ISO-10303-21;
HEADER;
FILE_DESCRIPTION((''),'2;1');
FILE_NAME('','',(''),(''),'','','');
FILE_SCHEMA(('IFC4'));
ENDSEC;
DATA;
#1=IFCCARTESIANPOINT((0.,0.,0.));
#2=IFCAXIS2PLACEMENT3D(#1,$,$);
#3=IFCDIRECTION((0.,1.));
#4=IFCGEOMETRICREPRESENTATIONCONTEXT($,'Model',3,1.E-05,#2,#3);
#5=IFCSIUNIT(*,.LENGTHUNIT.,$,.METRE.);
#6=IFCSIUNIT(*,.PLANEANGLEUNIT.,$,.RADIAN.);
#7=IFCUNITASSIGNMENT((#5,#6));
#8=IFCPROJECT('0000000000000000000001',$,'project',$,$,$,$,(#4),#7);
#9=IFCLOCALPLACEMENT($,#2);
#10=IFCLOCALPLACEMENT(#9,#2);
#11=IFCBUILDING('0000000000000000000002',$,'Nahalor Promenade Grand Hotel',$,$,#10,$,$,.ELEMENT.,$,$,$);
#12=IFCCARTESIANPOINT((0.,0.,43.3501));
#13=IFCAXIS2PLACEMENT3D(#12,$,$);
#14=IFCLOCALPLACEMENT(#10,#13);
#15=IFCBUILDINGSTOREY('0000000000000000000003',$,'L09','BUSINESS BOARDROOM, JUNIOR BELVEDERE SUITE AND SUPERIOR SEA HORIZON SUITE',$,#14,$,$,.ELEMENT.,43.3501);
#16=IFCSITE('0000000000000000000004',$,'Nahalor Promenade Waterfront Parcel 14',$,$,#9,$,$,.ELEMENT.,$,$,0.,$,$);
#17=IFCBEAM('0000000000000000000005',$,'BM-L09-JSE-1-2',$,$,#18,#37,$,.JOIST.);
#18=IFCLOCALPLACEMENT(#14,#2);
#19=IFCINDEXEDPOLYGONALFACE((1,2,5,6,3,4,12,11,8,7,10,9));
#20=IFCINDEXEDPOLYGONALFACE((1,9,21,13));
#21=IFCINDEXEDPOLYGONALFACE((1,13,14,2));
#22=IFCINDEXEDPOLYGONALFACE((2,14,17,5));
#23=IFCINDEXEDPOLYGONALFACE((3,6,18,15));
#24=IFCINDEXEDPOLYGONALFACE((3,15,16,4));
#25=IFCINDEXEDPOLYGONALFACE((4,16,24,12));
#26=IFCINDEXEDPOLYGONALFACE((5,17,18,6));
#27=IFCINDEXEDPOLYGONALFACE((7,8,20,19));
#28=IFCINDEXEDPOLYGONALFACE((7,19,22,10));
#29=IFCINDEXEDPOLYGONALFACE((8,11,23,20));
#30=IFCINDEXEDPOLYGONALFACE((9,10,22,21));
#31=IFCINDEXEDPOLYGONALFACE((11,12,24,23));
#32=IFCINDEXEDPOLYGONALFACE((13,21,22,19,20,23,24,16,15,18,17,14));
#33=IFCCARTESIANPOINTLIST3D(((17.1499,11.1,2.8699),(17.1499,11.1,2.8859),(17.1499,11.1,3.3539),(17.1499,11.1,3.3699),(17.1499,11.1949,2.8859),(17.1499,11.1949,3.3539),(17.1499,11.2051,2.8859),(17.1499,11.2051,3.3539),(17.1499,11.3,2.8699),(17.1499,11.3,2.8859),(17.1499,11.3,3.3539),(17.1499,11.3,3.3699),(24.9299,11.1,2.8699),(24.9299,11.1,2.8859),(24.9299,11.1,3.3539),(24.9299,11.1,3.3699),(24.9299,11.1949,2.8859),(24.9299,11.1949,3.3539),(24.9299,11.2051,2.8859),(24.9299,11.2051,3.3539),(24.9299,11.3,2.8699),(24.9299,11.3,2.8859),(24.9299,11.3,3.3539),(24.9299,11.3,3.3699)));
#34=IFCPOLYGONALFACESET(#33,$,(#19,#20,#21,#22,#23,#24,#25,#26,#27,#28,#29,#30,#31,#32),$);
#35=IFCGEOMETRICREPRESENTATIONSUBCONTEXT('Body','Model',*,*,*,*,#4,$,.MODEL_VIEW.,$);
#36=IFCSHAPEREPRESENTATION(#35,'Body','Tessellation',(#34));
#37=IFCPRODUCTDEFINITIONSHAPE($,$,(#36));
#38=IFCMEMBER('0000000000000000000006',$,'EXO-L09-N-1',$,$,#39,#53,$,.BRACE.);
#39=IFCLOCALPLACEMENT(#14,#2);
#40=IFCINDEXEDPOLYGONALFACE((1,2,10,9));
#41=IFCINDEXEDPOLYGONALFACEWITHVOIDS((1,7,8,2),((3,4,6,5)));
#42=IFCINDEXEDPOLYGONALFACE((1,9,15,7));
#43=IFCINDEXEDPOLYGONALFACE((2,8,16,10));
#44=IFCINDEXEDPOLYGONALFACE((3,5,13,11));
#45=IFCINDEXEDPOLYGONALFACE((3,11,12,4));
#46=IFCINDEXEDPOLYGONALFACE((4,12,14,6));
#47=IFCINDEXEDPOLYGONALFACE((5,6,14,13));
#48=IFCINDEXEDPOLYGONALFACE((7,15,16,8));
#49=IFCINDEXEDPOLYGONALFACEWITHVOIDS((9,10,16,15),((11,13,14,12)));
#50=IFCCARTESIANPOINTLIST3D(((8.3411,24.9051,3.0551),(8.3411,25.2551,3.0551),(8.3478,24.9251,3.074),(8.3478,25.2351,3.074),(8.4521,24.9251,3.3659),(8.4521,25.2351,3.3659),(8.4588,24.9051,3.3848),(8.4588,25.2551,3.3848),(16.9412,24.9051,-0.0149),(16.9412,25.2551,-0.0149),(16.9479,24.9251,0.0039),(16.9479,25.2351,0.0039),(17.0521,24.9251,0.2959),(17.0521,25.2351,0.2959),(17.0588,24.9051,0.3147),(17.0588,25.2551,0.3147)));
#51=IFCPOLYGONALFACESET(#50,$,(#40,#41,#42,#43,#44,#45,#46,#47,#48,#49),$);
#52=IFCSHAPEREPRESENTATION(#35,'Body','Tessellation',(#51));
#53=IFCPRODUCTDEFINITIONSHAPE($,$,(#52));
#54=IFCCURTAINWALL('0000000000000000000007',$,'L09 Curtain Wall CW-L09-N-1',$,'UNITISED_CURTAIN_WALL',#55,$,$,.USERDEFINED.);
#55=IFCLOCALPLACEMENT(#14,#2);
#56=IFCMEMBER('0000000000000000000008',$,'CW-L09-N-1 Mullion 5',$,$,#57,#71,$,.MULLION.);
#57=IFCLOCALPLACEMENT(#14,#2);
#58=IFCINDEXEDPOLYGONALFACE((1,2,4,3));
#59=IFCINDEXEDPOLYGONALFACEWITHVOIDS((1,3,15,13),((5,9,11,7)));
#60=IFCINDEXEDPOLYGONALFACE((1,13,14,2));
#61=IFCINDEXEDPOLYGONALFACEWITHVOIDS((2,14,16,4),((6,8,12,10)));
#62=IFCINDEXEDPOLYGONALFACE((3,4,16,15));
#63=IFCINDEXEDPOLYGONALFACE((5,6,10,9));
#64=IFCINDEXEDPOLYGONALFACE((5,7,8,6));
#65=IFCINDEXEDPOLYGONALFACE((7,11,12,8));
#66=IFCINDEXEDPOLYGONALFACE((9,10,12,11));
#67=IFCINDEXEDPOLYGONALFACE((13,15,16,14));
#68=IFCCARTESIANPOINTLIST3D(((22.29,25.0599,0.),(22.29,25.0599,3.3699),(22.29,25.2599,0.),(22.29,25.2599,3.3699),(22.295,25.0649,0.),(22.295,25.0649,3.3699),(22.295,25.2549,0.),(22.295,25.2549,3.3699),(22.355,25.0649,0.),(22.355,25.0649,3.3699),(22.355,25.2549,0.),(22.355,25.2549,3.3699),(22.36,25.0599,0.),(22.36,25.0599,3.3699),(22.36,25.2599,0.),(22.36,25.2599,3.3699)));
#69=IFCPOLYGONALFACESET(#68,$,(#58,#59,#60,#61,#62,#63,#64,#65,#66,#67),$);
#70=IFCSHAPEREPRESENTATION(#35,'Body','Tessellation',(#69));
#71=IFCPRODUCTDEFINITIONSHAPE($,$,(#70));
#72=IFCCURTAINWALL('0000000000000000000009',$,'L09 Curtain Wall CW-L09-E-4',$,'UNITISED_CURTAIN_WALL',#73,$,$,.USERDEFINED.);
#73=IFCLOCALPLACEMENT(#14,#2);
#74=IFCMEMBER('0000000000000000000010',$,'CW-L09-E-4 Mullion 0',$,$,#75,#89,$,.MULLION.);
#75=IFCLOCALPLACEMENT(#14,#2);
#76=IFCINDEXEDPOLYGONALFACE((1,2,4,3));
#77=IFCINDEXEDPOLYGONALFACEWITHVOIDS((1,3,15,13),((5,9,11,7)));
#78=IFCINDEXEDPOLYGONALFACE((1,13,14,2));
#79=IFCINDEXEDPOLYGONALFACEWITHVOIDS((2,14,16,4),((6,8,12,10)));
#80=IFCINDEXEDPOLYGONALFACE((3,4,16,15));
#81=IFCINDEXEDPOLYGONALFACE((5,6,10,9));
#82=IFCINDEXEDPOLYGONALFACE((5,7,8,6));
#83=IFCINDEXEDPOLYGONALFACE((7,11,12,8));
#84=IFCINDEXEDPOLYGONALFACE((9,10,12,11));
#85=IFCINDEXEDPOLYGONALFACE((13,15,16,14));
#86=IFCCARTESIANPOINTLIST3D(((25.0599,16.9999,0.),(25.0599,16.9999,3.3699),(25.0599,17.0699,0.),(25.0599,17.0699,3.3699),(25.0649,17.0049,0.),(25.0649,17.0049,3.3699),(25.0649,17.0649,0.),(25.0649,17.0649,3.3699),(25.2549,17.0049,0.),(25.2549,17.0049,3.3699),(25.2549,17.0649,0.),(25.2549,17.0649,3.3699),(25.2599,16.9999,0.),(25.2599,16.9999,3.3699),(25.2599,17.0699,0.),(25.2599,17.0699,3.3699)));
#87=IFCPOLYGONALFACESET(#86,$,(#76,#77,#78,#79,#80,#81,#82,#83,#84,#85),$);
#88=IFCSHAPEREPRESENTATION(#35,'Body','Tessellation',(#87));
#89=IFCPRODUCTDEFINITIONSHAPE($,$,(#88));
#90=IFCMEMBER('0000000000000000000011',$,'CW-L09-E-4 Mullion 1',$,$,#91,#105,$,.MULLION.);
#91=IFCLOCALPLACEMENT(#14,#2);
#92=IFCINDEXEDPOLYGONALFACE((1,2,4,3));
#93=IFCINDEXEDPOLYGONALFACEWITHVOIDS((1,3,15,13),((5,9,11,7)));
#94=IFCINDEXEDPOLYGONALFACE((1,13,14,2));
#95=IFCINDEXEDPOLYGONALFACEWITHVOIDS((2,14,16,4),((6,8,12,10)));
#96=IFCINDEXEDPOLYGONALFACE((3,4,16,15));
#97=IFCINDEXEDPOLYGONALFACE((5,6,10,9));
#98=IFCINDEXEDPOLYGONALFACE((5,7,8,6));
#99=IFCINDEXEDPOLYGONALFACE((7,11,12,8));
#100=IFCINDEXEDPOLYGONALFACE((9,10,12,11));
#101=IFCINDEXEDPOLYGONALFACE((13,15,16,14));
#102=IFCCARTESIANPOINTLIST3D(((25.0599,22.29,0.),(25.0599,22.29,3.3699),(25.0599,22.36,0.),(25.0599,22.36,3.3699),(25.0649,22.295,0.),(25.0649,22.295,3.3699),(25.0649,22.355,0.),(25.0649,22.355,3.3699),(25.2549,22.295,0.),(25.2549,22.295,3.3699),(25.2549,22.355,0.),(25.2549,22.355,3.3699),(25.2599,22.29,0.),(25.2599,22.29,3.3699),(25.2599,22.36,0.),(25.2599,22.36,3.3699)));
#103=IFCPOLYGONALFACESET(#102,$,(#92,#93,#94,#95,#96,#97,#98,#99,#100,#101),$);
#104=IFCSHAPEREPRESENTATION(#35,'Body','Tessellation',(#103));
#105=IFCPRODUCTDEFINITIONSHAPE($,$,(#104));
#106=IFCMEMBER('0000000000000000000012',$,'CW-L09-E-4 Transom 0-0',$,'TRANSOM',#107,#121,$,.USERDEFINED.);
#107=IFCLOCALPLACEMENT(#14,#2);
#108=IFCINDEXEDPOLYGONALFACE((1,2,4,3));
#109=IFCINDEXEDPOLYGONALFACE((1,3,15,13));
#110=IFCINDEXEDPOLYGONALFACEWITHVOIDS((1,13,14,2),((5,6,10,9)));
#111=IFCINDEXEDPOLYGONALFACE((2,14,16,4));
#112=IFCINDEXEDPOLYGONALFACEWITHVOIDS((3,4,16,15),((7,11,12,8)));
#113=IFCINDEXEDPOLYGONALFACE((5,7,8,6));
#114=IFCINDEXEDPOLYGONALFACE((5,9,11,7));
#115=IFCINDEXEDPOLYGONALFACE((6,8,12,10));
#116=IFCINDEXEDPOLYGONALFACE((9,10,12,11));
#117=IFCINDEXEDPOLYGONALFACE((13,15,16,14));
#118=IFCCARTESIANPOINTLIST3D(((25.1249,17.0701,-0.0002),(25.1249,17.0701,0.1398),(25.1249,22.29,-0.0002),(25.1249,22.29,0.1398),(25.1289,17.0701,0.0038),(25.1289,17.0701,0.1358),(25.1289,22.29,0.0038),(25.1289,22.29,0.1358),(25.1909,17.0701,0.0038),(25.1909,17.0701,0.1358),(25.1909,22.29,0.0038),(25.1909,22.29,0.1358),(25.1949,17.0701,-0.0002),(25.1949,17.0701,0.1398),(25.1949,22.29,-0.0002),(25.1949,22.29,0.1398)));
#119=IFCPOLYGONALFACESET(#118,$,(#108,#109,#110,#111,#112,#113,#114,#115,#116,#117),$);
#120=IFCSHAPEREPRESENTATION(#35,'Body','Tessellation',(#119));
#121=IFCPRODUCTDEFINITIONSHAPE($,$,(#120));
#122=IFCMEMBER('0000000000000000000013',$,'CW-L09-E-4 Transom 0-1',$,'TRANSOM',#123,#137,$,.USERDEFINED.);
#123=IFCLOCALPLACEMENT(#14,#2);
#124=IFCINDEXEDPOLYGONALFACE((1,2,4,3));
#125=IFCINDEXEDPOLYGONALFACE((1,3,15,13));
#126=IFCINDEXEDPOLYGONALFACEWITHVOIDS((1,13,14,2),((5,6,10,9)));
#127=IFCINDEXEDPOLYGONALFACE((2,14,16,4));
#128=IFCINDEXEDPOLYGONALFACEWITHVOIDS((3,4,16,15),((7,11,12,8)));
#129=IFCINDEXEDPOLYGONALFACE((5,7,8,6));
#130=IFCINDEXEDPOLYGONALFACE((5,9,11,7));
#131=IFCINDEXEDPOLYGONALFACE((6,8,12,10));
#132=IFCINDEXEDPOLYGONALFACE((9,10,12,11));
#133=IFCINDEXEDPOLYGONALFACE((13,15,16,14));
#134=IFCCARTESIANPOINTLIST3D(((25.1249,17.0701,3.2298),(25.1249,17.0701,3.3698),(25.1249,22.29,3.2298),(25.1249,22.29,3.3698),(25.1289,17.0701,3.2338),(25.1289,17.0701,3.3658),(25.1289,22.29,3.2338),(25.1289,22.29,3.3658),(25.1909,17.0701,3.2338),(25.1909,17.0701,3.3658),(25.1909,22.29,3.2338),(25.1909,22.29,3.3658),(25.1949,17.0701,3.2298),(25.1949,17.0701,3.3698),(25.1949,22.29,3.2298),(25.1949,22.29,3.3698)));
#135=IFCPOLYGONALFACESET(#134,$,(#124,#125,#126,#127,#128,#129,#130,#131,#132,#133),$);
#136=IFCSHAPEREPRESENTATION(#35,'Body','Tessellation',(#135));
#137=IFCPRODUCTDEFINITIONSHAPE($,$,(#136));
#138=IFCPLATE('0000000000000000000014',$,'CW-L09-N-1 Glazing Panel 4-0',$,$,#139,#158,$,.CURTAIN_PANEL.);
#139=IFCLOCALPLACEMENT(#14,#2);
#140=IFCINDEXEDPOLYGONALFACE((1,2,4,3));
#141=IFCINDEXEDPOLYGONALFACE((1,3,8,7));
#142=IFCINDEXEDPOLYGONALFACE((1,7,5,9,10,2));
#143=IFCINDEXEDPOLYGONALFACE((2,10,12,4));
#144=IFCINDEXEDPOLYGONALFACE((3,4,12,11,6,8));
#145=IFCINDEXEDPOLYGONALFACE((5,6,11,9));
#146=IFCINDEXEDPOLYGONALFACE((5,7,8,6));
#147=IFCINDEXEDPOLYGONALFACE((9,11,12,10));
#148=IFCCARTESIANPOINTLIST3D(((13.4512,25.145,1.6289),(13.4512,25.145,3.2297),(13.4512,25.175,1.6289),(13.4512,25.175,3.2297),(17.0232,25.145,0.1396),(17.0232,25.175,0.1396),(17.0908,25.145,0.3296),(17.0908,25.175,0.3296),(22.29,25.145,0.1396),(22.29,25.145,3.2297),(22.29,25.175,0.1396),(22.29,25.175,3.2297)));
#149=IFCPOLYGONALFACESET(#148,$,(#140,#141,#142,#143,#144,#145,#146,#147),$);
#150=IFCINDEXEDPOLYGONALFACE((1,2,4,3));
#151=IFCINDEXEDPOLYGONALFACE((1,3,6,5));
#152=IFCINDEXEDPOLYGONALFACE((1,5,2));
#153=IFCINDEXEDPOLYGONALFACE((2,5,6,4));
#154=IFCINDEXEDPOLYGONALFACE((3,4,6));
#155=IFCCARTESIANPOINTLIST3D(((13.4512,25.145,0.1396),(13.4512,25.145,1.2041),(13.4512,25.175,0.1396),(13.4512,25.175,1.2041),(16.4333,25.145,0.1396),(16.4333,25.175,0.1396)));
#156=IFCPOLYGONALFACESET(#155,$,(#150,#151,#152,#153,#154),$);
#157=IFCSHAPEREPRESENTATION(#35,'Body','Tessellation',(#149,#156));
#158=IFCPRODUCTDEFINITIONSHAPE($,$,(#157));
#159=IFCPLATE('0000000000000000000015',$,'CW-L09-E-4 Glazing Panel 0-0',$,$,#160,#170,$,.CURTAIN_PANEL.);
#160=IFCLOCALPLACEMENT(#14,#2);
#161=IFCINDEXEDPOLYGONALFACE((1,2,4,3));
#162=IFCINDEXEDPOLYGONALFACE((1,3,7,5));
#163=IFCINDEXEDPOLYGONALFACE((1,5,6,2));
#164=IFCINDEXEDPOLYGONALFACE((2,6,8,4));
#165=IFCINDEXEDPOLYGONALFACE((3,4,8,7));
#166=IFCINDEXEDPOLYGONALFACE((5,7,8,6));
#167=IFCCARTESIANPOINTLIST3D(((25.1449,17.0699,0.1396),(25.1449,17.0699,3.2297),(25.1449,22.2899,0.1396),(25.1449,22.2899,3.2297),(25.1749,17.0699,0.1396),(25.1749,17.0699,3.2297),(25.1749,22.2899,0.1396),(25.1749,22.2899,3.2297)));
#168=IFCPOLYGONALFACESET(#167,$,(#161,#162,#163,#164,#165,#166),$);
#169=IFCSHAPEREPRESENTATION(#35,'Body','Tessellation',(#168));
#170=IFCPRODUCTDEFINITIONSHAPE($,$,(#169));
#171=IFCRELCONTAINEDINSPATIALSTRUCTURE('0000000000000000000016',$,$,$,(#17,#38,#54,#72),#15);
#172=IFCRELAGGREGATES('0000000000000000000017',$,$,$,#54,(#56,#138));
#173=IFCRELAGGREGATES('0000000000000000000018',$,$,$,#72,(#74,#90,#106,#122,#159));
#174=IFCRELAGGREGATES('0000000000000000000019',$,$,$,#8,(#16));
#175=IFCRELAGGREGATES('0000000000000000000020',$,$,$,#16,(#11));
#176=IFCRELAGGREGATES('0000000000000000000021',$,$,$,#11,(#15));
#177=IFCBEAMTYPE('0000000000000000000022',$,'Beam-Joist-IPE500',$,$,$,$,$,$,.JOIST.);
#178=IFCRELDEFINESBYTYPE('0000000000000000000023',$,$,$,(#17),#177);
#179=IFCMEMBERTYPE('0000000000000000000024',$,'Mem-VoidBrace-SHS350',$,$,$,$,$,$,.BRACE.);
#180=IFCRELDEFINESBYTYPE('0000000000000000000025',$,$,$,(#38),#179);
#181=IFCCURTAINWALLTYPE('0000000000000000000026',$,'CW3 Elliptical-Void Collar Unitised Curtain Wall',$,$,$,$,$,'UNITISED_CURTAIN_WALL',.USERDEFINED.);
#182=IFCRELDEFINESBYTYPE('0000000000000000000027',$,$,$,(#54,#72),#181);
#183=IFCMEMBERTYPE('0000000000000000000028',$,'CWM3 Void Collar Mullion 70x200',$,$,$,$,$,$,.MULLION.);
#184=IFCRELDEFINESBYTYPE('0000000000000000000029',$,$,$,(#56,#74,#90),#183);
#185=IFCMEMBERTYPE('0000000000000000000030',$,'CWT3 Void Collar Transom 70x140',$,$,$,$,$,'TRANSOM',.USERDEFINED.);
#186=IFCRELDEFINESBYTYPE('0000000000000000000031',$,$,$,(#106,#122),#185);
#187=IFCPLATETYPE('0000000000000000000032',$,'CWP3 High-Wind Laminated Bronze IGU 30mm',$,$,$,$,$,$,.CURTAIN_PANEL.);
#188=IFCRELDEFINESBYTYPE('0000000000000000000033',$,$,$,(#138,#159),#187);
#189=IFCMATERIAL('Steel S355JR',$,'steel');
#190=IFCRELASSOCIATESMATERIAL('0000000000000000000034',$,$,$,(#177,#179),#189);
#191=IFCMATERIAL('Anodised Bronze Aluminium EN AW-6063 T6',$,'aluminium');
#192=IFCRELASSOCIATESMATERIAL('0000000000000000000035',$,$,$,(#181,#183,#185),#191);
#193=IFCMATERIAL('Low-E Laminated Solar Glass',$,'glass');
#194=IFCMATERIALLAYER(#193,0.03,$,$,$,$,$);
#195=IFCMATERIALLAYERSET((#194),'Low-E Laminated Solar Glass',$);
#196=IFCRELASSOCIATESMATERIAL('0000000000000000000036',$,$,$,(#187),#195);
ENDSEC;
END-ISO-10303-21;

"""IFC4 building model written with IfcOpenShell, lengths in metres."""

from ifc_helpers import new_model, si_unit, direction, frame, origin, origin_2d, place, context, subcontext, project, spatial, polyline, rectangle, hollow_rectangle, i_section, outline, extrude, source, transform, mapped, material, layer, layer_set, material_profile, profile_set, type_object, element, aggregate, save


model = new_model("IFC4")

# Units and contexts
model_context = context("Model", 3, precision=1e-05, world=origin(), true_north=direction((0.0, 1.0)))
body_context = subcontext(model_context, "Body", "Model", "MODEL_VIEW")
ifc_project = project(units=[si_unit("LENGTHUNIT", "METRE"), si_unit("PLANEANGLEUNIT", "RADIAN")], contexts=[model_context])

# Site, building, storey
site_placement = place(None, origin())
site = spatial("IfcSite", under=ifc_project, at=site_placement, Name="Nahalor Promenade Waterfront Parcel 14", CompositionType="ELEMENT", RefElevation=0.0)
building_placement = place(site_placement, origin())
building = spatial("IfcBuilding", under=site, at=building_placement, Name="Nahalor Promenade Grand Hotel", CompositionType="ELEMENT")
storey_placement = place(building_placement, frame((0.0, 0.0, 43.3501)))
storey = spatial("IfcBuildingStorey", under=building, at=storey_placement, Name="L09", Description="BUSINESS BOARDROOM, JUNIOR BELVEDERE SUITE AND SUPERIOR SEA HORIZON SUITE", CompositionType="ELEMENT", Elevation=43.3501)

# Beam
ifc_material_1 = material(Name="Steel S355JR", Category="steel")
ifc_material_profile_1 = material_profile(ifc_material_1, i_section(OverallWidth=0.2, OverallDepth=0.5, WebThickness=0.0102, FlangeThickness=0.016, at=origin_2d()), Name="IPE 500")
ifc_profile_set_1 = profile_set([ifc_material_profile_1], Name="Steel S355JR")
beam_type_1 = type_object("IfcBeamType", Name="Beam-Joist-IPE500", PredefinedType="JOIST", material=ifc_profile_set_1)
shared_shape_1 = source(origin(), body_context, "Body", "SweptSolid", [
    extrude(i_section(OverallWidth=0.2, OverallDepth=0.5, WebThickness=0.0102, FlangeThickness=0.016, at=origin_2d()), origin(), (0.0, 0.0, 1.0), 7.78),
])
beam_1_placement = place(storey_placement, frame((17.1499, 11.2, 3.1199), z_axis=(1.0, 0.0, 0.0), x_axis=(0.0, 1.0, 0.0)))
element("IfcBeam", 1, at=beam_1_placement, inside=storey, type_object=beam_type_1, Name="BM-L09-JSE-1-2", PredefinedType="JOIST", context=body_context, shape_type="MappedRepresentation", body=[
    mapped(shared_shape_1, transform((0.0, 0.0, 0.0), scale=1.0)),
])

# Member
ifc_material_profile_2 = material_profile(ifc_material_1, hollow_rectangle(XDim=0.35, YDim=0.35, WallThickness=0.02, at=origin_2d()), Name="SHS 350x350x20")
ifc_profile_set_2 = profile_set([ifc_material_profile_2], Name="Steel S355JR")
member_type_1 = type_object("IfcMemberType", Name="Mem-VoidBrace-SHS350", PredefinedType="BRACE", material=ifc_profile_set_2)
shared_shape_2 = source(origin(), body_context, "Body", "SweptSolid", [
    extrude(hollow_rectangle(XDim=0.35, YDim=0.35, WallThickness=0.02, at=origin_2d()), origin(), (0.0, 0.0, 1.0), 9.1316),
])
member_1_placement = place(storey_placement, frame((17.0, 25.0801, 0.1499), z_axis=(-0.94179, 0.0, 0.336201), x_axis=(0.0, -1.0, 0.0)))
element("IfcMember", 2, at=member_1_placement, inside=storey, type_object=member_type_1, Name="EXO-L09-N-1", PredefinedType="BRACE", context=body_context, shape_type="MappedRepresentation", body=[
    mapped(shared_shape_2, transform((0.0, 0.0, 0.0), scale=1.0)),
])

# Curtain wall, member
ifc_material_2 = material(Name="Anodised Bronze Aluminium EN AW-6063 T6", Category="aluminium")
curtain_wall_type = type_object("IfcCurtainWallType", Name="CW3 Elliptical-Void Collar Unitised Curtain Wall", ElementType="UNITISED_CURTAIN_WALL", PredefinedType="USERDEFINED", material=ifc_material_2)
curtain_wall_1_placement = place(storey_placement, origin())
curtain_wall_1 = element("IfcCurtainWall", 3, at=curtain_wall_1_placement, inside=storey, type_object=curtain_wall_type, Name="L09 Curtain Wall CW-L09-N-1", ObjectType="UNITISED_CURTAIN_WALL", PredefinedType="USERDEFINED")
ifc_material_profile_3 = material_profile(ifc_material_2, hollow_rectangle(XDim=0.07, YDim=0.2, WallThickness=0.005, at=origin_2d()), Name="CWM 70x200x5")
ifc_profile_set_3 = profile_set([ifc_material_profile_3], Name="Anodised Bronze Aluminium EN AW-6063 T6")
member_type_2 = type_object("IfcMemberType", Name="CWM3 Void Collar Mullion 70x200", PredefinedType="MULLION", material=ifc_profile_set_3)
shared_shape_3 = source(origin(), body_context, "Body", "SweptSolid", [
    extrude(hollow_rectangle(XDim=0.07, YDim=0.2, WallThickness=0.005, at=origin_2d()), origin(), (0.0, 0.0, 1.0), 3.3699),
])
member_2_placement = place(storey_placement, frame((22.325, 25.1599, 0.0), z_axis=(0.0, 0.0, 1.0), x_axis=(1.0, 0.0, 0.0)))
member_2 = element("IfcMember", 4, at=member_2_placement, type_object=member_type_2, Name="CW-L09-N-1 Mullion 5", PredefinedType="MULLION", context=body_context, shape_type="MappedRepresentation", body=[
    mapped(shared_shape_3, transform((0.0, 0.0, 0.0), scale=1.0)),
])

# Curtain wall, members
curtain_wall_2_placement = place(storey_placement, origin())
curtain_wall_2 = element("IfcCurtainWall", 5, at=curtain_wall_2_placement, inside=storey, type_object=curtain_wall_type, Name="L09 Curtain Wall CW-L09-E-4", ObjectType="UNITISED_CURTAIN_WALL", PredefinedType="USERDEFINED")
member_3_placement = place(storey_placement, frame((25.1599, 17.0349, 0.0), z_axis=(0.0, 0.0, 1.0), x_axis=(0.0, 1.0, 0.0)))
member_3 = element("IfcMember", 6, at=member_3_placement, type_object=member_type_2, Name="CW-L09-E-4 Mullion 0", PredefinedType="MULLION", context=body_context, shape_type="MappedRepresentation", body=[
    mapped(shared_shape_3, transform((0.0, 0.0, 0.0), scale=1.0)),
])
member_4_placement = place(storey_placement, frame((25.1599, 22.325, 0.0), z_axis=(0.0, 0.0, 1.0), x_axis=(0.0, 1.0, 0.0)))
member_4 = element("IfcMember", 7, at=member_4_placement, type_object=member_type_2, Name="CW-L09-E-4 Mullion 1", PredefinedType="MULLION", context=body_context, shape_type="MappedRepresentation", body=[
    mapped(shared_shape_3, transform((0.0, 0.0, 0.0), scale=1.0)),
])
ifc_material_profile_4 = material_profile(ifc_material_2, hollow_rectangle(XDim=0.07, YDim=0.14, WallThickness=0.004, at=origin_2d()), Name="CWT 70x140x4")
ifc_profile_set_4 = profile_set([ifc_material_profile_4], Name="Anodised Bronze Aluminium EN AW-6063 T6")
member_type_3 = type_object("IfcMemberType", Name="CWT3 Void Collar Transom 70x140", ElementType="TRANSOM", PredefinedType="USERDEFINED", material=ifc_profile_set_4)
shared_shape_4 = source(origin(), body_context, "Body", "SweptSolid", [
    extrude(hollow_rectangle(XDim=0.07, YDim=0.14, WallThickness=0.004, at=origin_2d()), origin(), (0.0, 0.0, 1.0), 5.22),
])
member_5_placement = place(storey_placement, frame((25.1599, 17.0701, 0.0698), z_axis=(0.0, 1.0, 0.0), x_axis=(-1.0, 0.0, 0.0)))
member_5 = element("IfcMember", 8, at=member_5_placement, type_object=member_type_3, Name="CW-L09-E-4 Transom 0-0", ObjectType="TRANSOM", PredefinedType="USERDEFINED", context=body_context, shape_type="MappedRepresentation", body=[
    mapped(shared_shape_4, transform((0.0, 0.0, 0.0), scale=1.0)),
])
member_6_placement = place(storey_placement, frame((25.1599, 17.0701, 3.2998), z_axis=(0.0, 1.0, 0.0), x_axis=(-1.0, 0.0, 0.0)))
member_6 = element("IfcMember", 9, at=member_6_placement, type_object=member_type_3, Name="CW-L09-E-4 Transom 0-1", ObjectType="TRANSOM", PredefinedType="USERDEFINED", context=body_context, shape_type="MappedRepresentation", body=[
    mapped(shared_shape_4, transform((0.0, 0.0, 0.0), scale=1.0)),
])

# Plates
ifc_material_3 = material(Name="Low-E Laminated Solar Glass", Category="glass")
ifc_layer_1 = layer(ifc_material_3, 0.03)
ifc_layer_set_1 = layer_set([ifc_layer_1], Name="Low-E Laminated Solar Glass")
plate_type = type_object("IfcPlateType", Name="CWP3 High-Wind Laminated Bronze IGU 30mm", PredefinedType="CURTAIN_PANEL", material=ifc_layer_set_1)
plate_1_placement = place(storey_placement, frame((17.8706, 25.1599, 0.1396), z_axis=(0.0, 0.0, 1.0), x_axis=(1.0, 0.0, 0.0)))
plate_1 = element("IfcPlate", 10, at=plate_1_placement, type_object=plate_type, Name="CW-L09-N-1 Glazing Panel 4-0", PredefinedType="CURTAIN_PANEL", context=body_context, shape_type="SweptSolid", body=[
    extrude(outline(polyline([(4.4194, 3.0901), (-4.4194, 3.0901), (-4.4194, 1.4893), (-0.7798, 0.1899), (-0.8474, 0.0), (4.4194, 0.0), (4.4194, 3.0901)])), frame((0.0, 0.0151, 0.0), z_axis=(0.0, -1.0, 0.0), x_axis=(1.0, 0.0, 0.0)), (0.0, 0.0, 1.0), 0.03),
    extrude(outline(polyline([(-4.4194, 1.0645), (-4.4194, 0.0), (-1.4373, 0.0), (-4.4194, 1.0645)])), frame((0.0, 0.0151, 0.0), z_axis=(0.0, -1.0, 0.0), x_axis=(1.0, 0.0, 0.0)), (0.0, 0.0, 1.0), 0.03),
])
aggregate(curtain_wall_1, [member_2, plate_1])
shared_shape_5 = source(origin(), body_context, "Body", "SweptSolid", [
    extrude(rectangle(XDim=5.22, YDim=0.03, at=origin_2d()), origin(), (0.0, 0.0, 1.0), 3.0901),
])
plate_2_placement = place(storey_placement, frame((25.1599, 19.6799, 0.1396), z_axis=(0.0, 0.0, 1.0), x_axis=(0.0, 1.0, 0.0)))
plate_2 = element("IfcPlate", 11, at=plate_2_placement, type_object=plate_type, Name="CW-L09-E-4 Glazing Panel 0-0", PredefinedType="CURTAIN_PANEL", context=body_context, shape_type="MappedRepresentation", body=[
    mapped(shared_shape_5, transform((0.0, 0.0, 0.0), scale=1.0)),
])
aggregate(curtain_wall_2, [member_3, member_4, member_5, member_6, plate_2])

save(model, "model.ifc")
